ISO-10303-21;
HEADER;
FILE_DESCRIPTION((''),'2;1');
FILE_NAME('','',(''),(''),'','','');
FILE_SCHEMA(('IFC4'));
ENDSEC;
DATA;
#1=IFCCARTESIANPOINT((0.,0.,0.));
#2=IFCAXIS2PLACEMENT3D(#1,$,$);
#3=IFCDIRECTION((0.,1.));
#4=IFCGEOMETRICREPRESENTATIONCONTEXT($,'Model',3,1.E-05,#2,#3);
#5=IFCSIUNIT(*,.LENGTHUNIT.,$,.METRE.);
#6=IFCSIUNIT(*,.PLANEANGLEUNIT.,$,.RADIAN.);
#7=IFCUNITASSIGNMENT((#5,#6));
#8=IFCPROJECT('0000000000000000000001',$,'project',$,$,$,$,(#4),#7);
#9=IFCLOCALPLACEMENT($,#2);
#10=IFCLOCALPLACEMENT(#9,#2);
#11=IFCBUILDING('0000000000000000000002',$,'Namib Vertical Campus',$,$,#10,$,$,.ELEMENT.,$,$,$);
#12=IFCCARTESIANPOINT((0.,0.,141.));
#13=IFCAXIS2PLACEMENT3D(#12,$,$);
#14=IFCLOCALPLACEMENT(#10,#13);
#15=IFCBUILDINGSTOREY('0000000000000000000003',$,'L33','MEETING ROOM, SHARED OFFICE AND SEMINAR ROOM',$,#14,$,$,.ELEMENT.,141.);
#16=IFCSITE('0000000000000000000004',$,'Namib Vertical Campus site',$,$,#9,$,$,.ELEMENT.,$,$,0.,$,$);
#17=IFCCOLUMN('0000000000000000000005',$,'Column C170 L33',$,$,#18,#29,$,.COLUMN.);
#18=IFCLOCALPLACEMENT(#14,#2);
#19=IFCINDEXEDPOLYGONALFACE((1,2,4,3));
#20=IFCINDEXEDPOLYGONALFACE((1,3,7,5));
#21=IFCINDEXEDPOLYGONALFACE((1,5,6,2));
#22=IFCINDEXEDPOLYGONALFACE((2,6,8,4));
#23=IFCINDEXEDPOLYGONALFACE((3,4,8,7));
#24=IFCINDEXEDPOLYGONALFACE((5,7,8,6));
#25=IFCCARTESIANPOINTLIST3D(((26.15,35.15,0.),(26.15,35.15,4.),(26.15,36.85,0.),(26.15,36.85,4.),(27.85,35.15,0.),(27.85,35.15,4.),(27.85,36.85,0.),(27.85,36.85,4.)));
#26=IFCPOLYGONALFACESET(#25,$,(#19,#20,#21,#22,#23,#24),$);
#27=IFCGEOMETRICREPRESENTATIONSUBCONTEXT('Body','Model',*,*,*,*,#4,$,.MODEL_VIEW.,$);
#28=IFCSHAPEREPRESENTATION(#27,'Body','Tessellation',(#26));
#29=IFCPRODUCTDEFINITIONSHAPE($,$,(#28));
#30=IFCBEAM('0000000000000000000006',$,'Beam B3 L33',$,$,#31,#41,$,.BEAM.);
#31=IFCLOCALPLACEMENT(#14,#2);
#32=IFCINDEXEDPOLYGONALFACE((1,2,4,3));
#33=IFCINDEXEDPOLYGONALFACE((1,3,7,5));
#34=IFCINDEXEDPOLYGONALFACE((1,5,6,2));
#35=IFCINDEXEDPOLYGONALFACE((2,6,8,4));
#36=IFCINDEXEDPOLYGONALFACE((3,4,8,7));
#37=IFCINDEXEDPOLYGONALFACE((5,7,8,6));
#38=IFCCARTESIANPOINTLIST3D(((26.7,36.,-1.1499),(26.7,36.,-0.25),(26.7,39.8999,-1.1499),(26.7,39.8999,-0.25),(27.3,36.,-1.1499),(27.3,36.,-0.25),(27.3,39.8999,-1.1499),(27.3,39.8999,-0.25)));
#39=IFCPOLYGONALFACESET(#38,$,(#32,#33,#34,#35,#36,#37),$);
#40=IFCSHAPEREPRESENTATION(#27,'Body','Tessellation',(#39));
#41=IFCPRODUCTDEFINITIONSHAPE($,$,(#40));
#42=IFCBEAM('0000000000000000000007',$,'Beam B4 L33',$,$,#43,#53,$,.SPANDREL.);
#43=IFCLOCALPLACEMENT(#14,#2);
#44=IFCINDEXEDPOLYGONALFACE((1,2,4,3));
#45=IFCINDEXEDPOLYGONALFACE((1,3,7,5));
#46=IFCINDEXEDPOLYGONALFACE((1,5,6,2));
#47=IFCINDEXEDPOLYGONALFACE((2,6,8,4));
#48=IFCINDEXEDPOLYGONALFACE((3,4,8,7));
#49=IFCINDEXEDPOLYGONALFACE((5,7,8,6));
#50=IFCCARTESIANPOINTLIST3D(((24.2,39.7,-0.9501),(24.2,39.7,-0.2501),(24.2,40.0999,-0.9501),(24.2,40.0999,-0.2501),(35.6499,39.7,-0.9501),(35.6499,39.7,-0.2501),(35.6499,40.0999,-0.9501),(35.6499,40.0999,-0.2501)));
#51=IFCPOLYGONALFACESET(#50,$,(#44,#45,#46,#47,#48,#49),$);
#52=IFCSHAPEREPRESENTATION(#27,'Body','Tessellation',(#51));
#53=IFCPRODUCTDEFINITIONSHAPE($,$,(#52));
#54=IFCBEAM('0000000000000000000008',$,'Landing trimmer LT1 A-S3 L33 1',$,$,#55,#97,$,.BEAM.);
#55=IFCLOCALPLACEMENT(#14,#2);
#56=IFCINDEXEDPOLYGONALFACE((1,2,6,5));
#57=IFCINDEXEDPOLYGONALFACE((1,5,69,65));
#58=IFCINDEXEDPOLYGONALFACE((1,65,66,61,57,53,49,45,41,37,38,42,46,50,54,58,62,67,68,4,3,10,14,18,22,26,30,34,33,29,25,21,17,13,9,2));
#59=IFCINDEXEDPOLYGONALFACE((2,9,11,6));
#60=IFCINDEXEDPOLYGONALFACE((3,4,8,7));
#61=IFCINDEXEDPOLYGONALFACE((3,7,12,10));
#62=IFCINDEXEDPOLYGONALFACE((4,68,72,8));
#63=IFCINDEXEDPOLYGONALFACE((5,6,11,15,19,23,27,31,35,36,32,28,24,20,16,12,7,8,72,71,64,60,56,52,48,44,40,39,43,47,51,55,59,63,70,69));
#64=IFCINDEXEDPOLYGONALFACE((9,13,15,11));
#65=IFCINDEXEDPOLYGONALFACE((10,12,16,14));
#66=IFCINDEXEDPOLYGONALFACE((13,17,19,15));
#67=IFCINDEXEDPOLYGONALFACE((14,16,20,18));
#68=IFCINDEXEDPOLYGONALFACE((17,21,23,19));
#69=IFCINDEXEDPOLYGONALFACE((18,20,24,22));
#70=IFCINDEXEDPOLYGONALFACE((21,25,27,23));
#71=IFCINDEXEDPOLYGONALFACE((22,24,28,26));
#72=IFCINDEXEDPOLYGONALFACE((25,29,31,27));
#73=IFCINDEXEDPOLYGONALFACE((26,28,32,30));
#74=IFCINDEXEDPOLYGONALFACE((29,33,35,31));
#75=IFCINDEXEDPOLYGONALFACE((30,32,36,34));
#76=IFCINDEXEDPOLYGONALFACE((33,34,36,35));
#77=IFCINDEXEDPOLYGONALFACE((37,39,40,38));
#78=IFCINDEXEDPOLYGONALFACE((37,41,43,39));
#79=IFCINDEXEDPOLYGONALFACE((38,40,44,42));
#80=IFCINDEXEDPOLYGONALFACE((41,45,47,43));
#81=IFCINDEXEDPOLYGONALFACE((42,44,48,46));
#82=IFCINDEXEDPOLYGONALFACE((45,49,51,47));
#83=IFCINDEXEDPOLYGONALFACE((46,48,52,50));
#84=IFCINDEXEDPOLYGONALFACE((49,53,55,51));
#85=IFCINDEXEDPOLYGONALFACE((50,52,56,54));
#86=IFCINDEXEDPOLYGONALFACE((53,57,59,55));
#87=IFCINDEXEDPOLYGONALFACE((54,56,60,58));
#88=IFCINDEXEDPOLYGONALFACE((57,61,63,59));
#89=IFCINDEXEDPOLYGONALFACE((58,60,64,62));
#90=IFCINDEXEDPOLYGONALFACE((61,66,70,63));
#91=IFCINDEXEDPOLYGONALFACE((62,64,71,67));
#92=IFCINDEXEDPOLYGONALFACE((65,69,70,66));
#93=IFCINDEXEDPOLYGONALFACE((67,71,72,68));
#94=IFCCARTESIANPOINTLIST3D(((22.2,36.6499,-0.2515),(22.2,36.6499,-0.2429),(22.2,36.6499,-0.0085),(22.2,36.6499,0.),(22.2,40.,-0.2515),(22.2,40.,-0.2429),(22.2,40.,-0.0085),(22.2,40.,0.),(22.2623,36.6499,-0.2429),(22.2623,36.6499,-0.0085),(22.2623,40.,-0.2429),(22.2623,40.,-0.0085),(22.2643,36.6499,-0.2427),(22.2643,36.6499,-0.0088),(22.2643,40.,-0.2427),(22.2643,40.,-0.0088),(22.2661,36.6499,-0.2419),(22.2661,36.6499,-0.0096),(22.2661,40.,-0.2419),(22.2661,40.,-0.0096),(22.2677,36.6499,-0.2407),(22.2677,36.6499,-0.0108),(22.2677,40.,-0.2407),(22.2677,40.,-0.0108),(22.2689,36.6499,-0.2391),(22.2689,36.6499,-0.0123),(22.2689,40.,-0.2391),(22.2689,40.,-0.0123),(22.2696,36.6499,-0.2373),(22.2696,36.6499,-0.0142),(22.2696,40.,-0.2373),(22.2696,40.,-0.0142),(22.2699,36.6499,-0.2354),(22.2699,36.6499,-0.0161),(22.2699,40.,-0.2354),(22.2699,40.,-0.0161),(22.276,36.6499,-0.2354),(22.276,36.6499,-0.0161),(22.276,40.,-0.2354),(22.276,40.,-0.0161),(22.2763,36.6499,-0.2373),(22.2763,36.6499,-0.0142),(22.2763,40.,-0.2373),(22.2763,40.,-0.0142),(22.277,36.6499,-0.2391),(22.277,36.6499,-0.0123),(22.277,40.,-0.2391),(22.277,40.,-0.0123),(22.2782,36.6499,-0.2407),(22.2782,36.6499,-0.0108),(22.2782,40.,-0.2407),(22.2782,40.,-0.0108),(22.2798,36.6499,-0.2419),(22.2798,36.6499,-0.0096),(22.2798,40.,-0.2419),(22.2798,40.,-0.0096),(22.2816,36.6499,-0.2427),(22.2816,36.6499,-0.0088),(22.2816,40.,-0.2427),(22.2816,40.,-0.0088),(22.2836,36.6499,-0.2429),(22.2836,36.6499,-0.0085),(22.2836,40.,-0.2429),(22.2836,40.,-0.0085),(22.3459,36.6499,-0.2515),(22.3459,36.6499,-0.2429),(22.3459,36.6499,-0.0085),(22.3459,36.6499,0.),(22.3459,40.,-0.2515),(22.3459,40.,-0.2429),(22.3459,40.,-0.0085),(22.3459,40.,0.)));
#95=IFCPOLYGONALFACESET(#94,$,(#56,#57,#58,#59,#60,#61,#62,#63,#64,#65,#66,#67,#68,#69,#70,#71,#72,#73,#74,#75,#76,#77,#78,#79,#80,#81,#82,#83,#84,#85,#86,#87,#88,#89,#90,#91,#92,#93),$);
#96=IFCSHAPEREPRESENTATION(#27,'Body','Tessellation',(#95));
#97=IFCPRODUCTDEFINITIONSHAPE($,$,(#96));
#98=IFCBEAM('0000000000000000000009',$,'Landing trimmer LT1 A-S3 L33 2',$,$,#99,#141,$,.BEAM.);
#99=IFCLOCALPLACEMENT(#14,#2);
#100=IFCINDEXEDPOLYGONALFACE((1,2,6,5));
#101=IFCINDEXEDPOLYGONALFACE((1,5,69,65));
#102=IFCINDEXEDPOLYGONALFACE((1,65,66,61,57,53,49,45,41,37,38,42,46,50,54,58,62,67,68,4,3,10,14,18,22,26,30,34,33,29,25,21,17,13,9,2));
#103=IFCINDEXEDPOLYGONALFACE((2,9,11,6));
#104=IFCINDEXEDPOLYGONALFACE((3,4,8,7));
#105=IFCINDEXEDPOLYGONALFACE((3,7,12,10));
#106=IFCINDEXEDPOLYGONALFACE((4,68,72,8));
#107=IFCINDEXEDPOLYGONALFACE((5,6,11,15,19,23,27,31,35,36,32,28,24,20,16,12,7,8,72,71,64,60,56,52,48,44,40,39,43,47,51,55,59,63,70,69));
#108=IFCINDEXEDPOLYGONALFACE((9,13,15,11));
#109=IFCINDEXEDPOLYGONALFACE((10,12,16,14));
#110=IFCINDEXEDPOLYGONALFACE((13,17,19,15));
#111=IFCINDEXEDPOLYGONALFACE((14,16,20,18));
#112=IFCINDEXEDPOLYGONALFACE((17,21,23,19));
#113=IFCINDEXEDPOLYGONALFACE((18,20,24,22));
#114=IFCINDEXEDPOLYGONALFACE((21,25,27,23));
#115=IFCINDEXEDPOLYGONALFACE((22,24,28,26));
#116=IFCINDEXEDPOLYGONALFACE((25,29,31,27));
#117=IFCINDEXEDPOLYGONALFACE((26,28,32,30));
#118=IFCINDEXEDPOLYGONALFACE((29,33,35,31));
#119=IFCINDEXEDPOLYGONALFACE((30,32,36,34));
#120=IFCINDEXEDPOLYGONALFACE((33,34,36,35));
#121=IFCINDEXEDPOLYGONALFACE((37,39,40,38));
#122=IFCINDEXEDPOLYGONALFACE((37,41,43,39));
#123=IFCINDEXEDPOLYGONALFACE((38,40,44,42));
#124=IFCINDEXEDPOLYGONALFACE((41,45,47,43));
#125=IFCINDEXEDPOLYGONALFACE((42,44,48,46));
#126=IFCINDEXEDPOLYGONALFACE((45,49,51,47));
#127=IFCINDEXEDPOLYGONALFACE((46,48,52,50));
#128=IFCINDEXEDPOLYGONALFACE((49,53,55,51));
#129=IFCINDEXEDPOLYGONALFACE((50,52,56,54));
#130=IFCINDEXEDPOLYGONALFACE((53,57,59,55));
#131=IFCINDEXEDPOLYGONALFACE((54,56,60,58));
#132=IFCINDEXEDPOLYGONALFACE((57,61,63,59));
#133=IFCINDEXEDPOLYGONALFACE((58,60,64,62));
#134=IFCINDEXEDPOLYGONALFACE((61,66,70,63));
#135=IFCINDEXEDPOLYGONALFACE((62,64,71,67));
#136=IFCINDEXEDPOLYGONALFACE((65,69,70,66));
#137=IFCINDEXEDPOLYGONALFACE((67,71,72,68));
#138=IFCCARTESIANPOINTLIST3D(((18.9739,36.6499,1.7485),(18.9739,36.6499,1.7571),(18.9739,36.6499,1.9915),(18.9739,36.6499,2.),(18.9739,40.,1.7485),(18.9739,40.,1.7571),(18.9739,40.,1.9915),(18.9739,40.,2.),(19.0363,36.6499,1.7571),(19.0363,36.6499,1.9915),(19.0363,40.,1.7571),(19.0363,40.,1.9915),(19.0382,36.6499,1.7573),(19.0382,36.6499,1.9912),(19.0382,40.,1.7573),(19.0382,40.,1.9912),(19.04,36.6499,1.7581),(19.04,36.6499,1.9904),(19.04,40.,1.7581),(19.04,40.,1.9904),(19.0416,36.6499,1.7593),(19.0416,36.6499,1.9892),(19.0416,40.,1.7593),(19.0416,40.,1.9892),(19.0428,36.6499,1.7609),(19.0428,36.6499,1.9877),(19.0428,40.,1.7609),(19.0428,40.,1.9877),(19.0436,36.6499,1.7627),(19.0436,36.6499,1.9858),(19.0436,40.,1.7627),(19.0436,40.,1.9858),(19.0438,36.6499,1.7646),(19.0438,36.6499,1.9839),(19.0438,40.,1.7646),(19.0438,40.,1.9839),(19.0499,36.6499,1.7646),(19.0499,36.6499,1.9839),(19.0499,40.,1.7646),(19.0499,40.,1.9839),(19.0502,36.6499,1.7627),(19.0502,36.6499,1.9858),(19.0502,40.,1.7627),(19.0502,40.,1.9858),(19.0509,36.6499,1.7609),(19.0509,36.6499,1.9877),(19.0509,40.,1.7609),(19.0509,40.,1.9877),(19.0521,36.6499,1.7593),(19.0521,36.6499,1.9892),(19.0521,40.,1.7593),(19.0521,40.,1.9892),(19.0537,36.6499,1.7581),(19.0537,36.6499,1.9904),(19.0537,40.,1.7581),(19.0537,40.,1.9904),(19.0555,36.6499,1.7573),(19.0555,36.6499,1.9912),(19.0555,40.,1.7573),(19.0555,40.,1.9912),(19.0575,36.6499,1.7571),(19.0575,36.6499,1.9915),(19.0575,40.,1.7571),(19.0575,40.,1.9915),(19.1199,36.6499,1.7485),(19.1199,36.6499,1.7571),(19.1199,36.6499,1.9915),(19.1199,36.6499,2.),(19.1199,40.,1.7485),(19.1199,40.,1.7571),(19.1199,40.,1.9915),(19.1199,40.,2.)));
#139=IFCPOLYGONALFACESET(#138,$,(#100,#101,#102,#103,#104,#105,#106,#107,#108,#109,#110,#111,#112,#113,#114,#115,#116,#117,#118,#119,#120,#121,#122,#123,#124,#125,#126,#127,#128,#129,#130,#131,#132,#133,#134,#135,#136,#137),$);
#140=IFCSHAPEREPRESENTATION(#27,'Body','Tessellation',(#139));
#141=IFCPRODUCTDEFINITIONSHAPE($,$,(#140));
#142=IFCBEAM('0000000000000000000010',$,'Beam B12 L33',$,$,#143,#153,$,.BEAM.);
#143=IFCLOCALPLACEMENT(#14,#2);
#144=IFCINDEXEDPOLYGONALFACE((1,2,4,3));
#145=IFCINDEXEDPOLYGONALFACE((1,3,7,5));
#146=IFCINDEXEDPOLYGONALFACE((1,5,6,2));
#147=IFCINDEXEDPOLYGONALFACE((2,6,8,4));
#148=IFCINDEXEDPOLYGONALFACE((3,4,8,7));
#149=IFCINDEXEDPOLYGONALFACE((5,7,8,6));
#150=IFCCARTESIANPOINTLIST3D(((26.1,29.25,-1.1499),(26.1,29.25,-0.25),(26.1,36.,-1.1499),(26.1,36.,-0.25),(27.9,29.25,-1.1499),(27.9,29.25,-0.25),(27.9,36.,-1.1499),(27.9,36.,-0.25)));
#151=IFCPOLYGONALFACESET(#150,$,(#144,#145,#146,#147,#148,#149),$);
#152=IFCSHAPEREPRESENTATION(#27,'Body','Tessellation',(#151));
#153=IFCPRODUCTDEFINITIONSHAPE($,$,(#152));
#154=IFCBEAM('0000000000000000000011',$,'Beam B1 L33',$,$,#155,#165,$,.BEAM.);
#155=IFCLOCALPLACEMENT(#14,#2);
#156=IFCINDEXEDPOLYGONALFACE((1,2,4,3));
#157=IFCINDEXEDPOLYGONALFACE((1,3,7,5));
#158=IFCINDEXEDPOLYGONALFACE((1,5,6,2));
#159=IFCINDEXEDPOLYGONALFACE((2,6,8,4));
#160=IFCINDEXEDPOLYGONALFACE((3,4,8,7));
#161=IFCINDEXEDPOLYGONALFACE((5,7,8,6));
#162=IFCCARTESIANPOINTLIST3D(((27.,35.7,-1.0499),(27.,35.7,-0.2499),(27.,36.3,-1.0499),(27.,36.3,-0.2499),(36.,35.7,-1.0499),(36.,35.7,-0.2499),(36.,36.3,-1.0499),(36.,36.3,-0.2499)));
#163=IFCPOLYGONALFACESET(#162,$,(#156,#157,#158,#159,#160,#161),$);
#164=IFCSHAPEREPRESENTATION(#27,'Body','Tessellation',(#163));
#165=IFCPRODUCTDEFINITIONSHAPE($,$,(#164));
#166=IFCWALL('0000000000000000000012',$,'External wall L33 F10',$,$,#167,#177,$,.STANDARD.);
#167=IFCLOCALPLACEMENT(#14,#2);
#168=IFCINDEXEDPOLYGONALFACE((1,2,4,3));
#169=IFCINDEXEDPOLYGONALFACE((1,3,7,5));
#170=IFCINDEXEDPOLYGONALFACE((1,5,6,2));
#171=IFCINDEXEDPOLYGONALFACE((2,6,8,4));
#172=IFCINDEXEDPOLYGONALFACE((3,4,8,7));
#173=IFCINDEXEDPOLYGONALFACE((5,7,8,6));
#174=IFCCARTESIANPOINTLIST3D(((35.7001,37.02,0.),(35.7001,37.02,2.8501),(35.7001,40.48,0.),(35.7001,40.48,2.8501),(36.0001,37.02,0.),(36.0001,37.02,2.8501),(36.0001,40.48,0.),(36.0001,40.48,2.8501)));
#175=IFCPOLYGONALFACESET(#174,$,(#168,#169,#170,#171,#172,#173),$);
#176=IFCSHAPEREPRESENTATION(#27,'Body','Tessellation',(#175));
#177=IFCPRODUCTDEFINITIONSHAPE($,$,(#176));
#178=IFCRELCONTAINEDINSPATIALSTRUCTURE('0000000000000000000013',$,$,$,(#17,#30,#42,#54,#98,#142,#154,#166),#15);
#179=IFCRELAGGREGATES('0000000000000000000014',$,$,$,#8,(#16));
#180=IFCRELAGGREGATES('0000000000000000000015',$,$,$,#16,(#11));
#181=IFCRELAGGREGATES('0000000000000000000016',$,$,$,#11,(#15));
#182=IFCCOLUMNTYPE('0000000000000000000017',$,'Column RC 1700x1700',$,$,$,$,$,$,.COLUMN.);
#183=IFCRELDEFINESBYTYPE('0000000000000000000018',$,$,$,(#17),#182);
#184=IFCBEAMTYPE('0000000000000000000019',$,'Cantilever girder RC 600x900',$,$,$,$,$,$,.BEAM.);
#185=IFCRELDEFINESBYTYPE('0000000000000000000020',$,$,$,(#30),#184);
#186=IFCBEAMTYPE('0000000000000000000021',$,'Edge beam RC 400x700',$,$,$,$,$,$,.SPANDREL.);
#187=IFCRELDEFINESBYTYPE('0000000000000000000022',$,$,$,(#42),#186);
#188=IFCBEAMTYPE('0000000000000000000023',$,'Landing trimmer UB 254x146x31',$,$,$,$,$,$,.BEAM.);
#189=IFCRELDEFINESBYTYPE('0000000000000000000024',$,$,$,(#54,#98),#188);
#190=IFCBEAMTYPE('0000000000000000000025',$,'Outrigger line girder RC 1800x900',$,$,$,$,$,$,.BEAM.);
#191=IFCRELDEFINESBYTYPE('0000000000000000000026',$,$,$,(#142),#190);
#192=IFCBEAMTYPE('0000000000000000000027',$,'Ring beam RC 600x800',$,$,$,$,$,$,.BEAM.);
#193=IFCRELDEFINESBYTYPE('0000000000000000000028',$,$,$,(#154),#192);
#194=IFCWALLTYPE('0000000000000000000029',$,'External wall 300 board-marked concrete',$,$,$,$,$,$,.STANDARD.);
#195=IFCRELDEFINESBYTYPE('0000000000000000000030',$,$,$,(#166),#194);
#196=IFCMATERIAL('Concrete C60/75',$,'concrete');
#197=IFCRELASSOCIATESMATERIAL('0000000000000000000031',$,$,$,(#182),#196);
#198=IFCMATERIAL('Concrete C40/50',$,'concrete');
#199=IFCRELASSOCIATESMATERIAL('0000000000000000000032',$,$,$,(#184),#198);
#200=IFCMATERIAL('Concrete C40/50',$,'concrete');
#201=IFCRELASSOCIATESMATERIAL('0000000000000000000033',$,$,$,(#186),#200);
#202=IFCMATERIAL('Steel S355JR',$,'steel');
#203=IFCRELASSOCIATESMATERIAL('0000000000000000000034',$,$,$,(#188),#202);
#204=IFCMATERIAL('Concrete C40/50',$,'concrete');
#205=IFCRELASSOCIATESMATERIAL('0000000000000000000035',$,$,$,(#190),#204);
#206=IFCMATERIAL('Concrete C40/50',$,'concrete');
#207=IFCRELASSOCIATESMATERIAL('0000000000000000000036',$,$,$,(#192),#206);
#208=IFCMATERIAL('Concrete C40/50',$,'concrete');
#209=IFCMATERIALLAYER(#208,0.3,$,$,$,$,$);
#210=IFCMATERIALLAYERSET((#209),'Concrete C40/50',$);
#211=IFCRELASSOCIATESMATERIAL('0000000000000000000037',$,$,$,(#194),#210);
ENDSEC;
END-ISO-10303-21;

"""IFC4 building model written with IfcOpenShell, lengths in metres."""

from ifc_helpers import new_model, si_unit, direction, frame, frame_2d, origin, origin_2d, place, context, subcontext, project, spatial, rectangle, i_section, extrude, material, layer, layer_set, material_profile, profile_set, type_object, element, save


model = new_model("IFC4")

# Units and contexts
model_context = context("Model", 3, precision=1e-05, world=origin(), true_north=direction((0.0, 1.0)))
body_context = subcontext(model_context, "Body", "Model", "MODEL_VIEW")
ifc_project = project(units=[si_unit("LENGTHUNIT", "METRE"), si_unit("PLANEANGLEUNIT", "RADIAN")], contexts=[model_context])

# Site, building, storey
site_placement = place(None, origin())
site = spatial("IfcSite", under=ifc_project, at=site_placement, Name="Namib Vertical Campus site", CompositionType="ELEMENT", RefElevation=0.0)
building_placement = place(site_placement, origin())
building = spatial("IfcBuilding", under=site, at=building_placement, Name="Namib Vertical Campus", CompositionType="ELEMENT")
storey_placement = place(building_placement, frame((0.0, 0.0, 141.0)))
storey = spatial("IfcBuildingStorey", under=building, at=storey_placement, Name="L33", Description="MEETING ROOM, SHARED OFFICE AND SEMINAR ROOM", CompositionType="ELEMENT", Elevation=141.0)

# Column
ifc_material_1 = material(Name="Concrete C60/75", Category="concrete")
ifc_material_profile_1 = material_profile(ifc_material_1, rectangle(XDim=1.7, YDim=1.7, at=origin_2d()))
ifc_profile_set_1 = profile_set([ifc_material_profile_1], Name="Concrete C60/75")
column_type = type_object("IfcColumnType", Name="Column RC 1700x1700", PredefinedType="COLUMN", material=ifc_profile_set_1)
column_placement = place(storey_placement, frame((27.0, 36.0, 0.0), z_axis=(0.0, 0.0, 1.0), x_axis=(1.0, 0.0, 0.0)))
element("IfcColumn", 1, at=column_placement, inside=storey, type_object=column_type, Name="Column C170 L33", PredefinedType="COLUMN", context=body_context, shape_type="SweptSolid", body=[
    extrude(rectangle(XDim=1.7, YDim=1.7, at=origin_2d()), origin(), (0.0, 0.0, 1.0), 4.0),
])

# Beams
ifc_material_2 = material(Name="Concrete C40/50", Category="concrete")
ifc_material_profile_2 = material_profile(ifc_material_2, rectangle(XDim=0.6001, YDim=0.8999, at=origin_2d()))
ifc_profile_set_2 = profile_set([ifc_material_profile_2], Name="Concrete C40/50")
beam_type_1 = type_object("IfcBeamType", Name="Cantilever girder RC 600x900", PredefinedType="BEAM", material=ifc_profile_set_2)
beam_1_placement = place(storey_placement, frame((27.0, 36.0, -0.7), z_axis=(0.0, 1.0, 0.0), x_axis=(-1.0, 0.0, 0.0)))
element("IfcBeam", 2, at=beam_1_placement, inside=storey, type_object=beam_type_1, Name="Beam B3 L33", PredefinedType="BEAM", context=body_context, shape_type="SweptSolid", body=[
    extrude(rectangle(XDim=0.6001, YDim=0.8999, at=origin_2d()), origin(), (0.0, 0.0, 1.0), 3.8999),
])
ifc_material_3 = material(Name="Concrete C40/50", Category="concrete")
ifc_material_profile_3 = material_profile(ifc_material_3, rectangle(XDim=0.3999, YDim=0.7, at=origin_2d()))
ifc_profile_set_3 = profile_set([ifc_material_profile_3], Name="Concrete C40/50")
beam_type_2 = type_object("IfcBeamType", Name="Edge beam RC 400x700", PredefinedType="SPANDREL", material=ifc_profile_set_3)
beam_2_placement = place(storey_placement, frame((24.2, 39.8999, -0.6001), z_axis=(1.0, 0.0, 0.0), x_axis=(0.0, 1.0, 0.0)))
element("IfcBeam", 3, at=beam_2_placement, inside=storey, type_object=beam_type_2, Name="Beam B4 L33", PredefinedType="SPANDREL", context=body_context, shape_type="SweptSolid", body=[
    extrude(rectangle(XDim=0.3999, YDim=0.7, at=origin_2d()), origin(), (0.0, 0.0, 1.0), 11.45),
])
ifc_material_4 = material(Name="Steel S355JR", Category="steel")
ifc_material_profile_4 = material_profile(ifc_material_4, i_section(OverallWidth=0.146, OverallDepth=0.2515, WebThickness=0.0061, FlangeThickness=0.0085, FilletRadius=0.0076, at=origin_2d()))
ifc_profile_set_4 = profile_set([ifc_material_profile_4], Name="Steel S355JR")
beam_type_3 = type_object("IfcBeamType", Name="Landing trimmer UB 254x146x31", PredefinedType="BEAM", material=ifc_profile_set_4)
for number, where, z_axis, x_axis, name in (
    (4, (22.2729, 36.6499, -0.1257), (0.0, 1.0, 0.0), (-1.0, 0.0, 0.0), "Landing trimmer LT1 A-S3 L33 1"),
    (5, (19.0469, 36.6499, 1.8743), (0.0, 1.0, 0.0), (-1.0, 0.0, 0.0), "Landing trimmer LT1 A-S3 L33 2"),
):
    element("IfcBeam", number, at=place(storey_placement, frame(where, z_axis=z_axis, x_axis=x_axis)), inside=storey, type_object=beam_type_3, Name=name, PredefinedType="BEAM", context=body_context, shape_type="SweptSolid", body=[
        extrude(i_section(OverallWidth=0.146, OverallDepth=0.2515, WebThickness=0.0061, FlangeThickness=0.0085, FilletRadius=0.0076, at=origin_2d()), origin(), (0.0, 0.0, 1.0), 3.3501),
    ])
ifc_material_5 = material(Name="Concrete C40/50", Category="concrete")
ifc_material_profile_5 = material_profile(ifc_material_5, rectangle(XDim=1.8, YDim=0.8999, at=origin_2d()))
ifc_profile_set_5 = profile_set([ifc_material_profile_5], Name="Concrete C40/50")
beam_type_4 = type_object("IfcBeamType", Name="Outrigger line girder RC 1800x900", PredefinedType="BEAM", material=ifc_profile_set_5)
beam_3_placement = place(storey_placement, frame((27.0, 36.0, -0.7), z_axis=(0.0, -1.0, 0.0), x_axis=(1.0, 0.0, 0.0)))
element("IfcBeam", 6, at=beam_3_placement, inside=storey, type_object=beam_type_4, Name="Beam B12 L33", PredefinedType="BEAM", context=body_context, shape_type="SweptSolid", body=[
    extrude(rectangle(XDim=1.8, YDim=0.8999, at=origin_2d()), origin(), (0.0, 0.0, 1.0), 6.75),
])
ifc_material_6 = material(Name="Concrete C40/50", Category="concrete")
ifc_material_profile_6 = material_profile(ifc_material_6, rectangle(XDim=0.6001, YDim=0.8, at=origin_2d()))
ifc_profile_set_6 = profile_set([ifc_material_profile_6], Name="Concrete C40/50")
beam_type_5 = type_object("IfcBeamType", Name="Ring beam RC 600x800", PredefinedType="BEAM", material=ifc_profile_set_6)
beam_4_placement = place(storey_placement, frame((27.0, 36.0, -0.6499), z_axis=(1.0, 0.0, 0.0), x_axis=(0.0, 1.0, 0.0)))
element("IfcBeam", 7, at=beam_4_placement, inside=storey, type_object=beam_type_5, Name="Beam B1 L33", PredefinedType="BEAM", context=body_context, shape_type="SweptSolid", body=[
    extrude(rectangle(XDim=0.6001, YDim=0.8, at=origin_2d()), origin(), (0.0, 0.0, 1.0), 9.0),
])

# Wall
ifc_material_7 = material(Name="Concrete C40/50", Category="concrete")
ifc_layer_1 = layer(ifc_material_7, 0.3)
ifc_layer_set_1 = layer_set([ifc_layer_1], Name="Concrete C40/50")
wall_type_1 = type_object("IfcWallType", Name="External wall 300 board-marked concrete", PredefinedType="STANDARD", material=ifc_layer_set_1)
wall_1_placement = place(storey_placement, frame((35.8501, 37.02, 0.0), z_axis=(0.0, 0.0, 1.0), x_axis=(0.0, 1.0, 0.0)))
element("IfcWall", 8, at=wall_1_placement, inside=storey, type_object=wall_type_1, Name="External wall L33 F10", PredefinedType="STANDARD", context=body_context, shape_type="SweptSolid", body=[
    extrude(rectangle(XDim=3.46, YDim=0.3, at=frame_2d((1.73, 0.0))), origin(), (0.0, 0.0, 1.0), 2.8501),
])

save(model, "model.ifc")
